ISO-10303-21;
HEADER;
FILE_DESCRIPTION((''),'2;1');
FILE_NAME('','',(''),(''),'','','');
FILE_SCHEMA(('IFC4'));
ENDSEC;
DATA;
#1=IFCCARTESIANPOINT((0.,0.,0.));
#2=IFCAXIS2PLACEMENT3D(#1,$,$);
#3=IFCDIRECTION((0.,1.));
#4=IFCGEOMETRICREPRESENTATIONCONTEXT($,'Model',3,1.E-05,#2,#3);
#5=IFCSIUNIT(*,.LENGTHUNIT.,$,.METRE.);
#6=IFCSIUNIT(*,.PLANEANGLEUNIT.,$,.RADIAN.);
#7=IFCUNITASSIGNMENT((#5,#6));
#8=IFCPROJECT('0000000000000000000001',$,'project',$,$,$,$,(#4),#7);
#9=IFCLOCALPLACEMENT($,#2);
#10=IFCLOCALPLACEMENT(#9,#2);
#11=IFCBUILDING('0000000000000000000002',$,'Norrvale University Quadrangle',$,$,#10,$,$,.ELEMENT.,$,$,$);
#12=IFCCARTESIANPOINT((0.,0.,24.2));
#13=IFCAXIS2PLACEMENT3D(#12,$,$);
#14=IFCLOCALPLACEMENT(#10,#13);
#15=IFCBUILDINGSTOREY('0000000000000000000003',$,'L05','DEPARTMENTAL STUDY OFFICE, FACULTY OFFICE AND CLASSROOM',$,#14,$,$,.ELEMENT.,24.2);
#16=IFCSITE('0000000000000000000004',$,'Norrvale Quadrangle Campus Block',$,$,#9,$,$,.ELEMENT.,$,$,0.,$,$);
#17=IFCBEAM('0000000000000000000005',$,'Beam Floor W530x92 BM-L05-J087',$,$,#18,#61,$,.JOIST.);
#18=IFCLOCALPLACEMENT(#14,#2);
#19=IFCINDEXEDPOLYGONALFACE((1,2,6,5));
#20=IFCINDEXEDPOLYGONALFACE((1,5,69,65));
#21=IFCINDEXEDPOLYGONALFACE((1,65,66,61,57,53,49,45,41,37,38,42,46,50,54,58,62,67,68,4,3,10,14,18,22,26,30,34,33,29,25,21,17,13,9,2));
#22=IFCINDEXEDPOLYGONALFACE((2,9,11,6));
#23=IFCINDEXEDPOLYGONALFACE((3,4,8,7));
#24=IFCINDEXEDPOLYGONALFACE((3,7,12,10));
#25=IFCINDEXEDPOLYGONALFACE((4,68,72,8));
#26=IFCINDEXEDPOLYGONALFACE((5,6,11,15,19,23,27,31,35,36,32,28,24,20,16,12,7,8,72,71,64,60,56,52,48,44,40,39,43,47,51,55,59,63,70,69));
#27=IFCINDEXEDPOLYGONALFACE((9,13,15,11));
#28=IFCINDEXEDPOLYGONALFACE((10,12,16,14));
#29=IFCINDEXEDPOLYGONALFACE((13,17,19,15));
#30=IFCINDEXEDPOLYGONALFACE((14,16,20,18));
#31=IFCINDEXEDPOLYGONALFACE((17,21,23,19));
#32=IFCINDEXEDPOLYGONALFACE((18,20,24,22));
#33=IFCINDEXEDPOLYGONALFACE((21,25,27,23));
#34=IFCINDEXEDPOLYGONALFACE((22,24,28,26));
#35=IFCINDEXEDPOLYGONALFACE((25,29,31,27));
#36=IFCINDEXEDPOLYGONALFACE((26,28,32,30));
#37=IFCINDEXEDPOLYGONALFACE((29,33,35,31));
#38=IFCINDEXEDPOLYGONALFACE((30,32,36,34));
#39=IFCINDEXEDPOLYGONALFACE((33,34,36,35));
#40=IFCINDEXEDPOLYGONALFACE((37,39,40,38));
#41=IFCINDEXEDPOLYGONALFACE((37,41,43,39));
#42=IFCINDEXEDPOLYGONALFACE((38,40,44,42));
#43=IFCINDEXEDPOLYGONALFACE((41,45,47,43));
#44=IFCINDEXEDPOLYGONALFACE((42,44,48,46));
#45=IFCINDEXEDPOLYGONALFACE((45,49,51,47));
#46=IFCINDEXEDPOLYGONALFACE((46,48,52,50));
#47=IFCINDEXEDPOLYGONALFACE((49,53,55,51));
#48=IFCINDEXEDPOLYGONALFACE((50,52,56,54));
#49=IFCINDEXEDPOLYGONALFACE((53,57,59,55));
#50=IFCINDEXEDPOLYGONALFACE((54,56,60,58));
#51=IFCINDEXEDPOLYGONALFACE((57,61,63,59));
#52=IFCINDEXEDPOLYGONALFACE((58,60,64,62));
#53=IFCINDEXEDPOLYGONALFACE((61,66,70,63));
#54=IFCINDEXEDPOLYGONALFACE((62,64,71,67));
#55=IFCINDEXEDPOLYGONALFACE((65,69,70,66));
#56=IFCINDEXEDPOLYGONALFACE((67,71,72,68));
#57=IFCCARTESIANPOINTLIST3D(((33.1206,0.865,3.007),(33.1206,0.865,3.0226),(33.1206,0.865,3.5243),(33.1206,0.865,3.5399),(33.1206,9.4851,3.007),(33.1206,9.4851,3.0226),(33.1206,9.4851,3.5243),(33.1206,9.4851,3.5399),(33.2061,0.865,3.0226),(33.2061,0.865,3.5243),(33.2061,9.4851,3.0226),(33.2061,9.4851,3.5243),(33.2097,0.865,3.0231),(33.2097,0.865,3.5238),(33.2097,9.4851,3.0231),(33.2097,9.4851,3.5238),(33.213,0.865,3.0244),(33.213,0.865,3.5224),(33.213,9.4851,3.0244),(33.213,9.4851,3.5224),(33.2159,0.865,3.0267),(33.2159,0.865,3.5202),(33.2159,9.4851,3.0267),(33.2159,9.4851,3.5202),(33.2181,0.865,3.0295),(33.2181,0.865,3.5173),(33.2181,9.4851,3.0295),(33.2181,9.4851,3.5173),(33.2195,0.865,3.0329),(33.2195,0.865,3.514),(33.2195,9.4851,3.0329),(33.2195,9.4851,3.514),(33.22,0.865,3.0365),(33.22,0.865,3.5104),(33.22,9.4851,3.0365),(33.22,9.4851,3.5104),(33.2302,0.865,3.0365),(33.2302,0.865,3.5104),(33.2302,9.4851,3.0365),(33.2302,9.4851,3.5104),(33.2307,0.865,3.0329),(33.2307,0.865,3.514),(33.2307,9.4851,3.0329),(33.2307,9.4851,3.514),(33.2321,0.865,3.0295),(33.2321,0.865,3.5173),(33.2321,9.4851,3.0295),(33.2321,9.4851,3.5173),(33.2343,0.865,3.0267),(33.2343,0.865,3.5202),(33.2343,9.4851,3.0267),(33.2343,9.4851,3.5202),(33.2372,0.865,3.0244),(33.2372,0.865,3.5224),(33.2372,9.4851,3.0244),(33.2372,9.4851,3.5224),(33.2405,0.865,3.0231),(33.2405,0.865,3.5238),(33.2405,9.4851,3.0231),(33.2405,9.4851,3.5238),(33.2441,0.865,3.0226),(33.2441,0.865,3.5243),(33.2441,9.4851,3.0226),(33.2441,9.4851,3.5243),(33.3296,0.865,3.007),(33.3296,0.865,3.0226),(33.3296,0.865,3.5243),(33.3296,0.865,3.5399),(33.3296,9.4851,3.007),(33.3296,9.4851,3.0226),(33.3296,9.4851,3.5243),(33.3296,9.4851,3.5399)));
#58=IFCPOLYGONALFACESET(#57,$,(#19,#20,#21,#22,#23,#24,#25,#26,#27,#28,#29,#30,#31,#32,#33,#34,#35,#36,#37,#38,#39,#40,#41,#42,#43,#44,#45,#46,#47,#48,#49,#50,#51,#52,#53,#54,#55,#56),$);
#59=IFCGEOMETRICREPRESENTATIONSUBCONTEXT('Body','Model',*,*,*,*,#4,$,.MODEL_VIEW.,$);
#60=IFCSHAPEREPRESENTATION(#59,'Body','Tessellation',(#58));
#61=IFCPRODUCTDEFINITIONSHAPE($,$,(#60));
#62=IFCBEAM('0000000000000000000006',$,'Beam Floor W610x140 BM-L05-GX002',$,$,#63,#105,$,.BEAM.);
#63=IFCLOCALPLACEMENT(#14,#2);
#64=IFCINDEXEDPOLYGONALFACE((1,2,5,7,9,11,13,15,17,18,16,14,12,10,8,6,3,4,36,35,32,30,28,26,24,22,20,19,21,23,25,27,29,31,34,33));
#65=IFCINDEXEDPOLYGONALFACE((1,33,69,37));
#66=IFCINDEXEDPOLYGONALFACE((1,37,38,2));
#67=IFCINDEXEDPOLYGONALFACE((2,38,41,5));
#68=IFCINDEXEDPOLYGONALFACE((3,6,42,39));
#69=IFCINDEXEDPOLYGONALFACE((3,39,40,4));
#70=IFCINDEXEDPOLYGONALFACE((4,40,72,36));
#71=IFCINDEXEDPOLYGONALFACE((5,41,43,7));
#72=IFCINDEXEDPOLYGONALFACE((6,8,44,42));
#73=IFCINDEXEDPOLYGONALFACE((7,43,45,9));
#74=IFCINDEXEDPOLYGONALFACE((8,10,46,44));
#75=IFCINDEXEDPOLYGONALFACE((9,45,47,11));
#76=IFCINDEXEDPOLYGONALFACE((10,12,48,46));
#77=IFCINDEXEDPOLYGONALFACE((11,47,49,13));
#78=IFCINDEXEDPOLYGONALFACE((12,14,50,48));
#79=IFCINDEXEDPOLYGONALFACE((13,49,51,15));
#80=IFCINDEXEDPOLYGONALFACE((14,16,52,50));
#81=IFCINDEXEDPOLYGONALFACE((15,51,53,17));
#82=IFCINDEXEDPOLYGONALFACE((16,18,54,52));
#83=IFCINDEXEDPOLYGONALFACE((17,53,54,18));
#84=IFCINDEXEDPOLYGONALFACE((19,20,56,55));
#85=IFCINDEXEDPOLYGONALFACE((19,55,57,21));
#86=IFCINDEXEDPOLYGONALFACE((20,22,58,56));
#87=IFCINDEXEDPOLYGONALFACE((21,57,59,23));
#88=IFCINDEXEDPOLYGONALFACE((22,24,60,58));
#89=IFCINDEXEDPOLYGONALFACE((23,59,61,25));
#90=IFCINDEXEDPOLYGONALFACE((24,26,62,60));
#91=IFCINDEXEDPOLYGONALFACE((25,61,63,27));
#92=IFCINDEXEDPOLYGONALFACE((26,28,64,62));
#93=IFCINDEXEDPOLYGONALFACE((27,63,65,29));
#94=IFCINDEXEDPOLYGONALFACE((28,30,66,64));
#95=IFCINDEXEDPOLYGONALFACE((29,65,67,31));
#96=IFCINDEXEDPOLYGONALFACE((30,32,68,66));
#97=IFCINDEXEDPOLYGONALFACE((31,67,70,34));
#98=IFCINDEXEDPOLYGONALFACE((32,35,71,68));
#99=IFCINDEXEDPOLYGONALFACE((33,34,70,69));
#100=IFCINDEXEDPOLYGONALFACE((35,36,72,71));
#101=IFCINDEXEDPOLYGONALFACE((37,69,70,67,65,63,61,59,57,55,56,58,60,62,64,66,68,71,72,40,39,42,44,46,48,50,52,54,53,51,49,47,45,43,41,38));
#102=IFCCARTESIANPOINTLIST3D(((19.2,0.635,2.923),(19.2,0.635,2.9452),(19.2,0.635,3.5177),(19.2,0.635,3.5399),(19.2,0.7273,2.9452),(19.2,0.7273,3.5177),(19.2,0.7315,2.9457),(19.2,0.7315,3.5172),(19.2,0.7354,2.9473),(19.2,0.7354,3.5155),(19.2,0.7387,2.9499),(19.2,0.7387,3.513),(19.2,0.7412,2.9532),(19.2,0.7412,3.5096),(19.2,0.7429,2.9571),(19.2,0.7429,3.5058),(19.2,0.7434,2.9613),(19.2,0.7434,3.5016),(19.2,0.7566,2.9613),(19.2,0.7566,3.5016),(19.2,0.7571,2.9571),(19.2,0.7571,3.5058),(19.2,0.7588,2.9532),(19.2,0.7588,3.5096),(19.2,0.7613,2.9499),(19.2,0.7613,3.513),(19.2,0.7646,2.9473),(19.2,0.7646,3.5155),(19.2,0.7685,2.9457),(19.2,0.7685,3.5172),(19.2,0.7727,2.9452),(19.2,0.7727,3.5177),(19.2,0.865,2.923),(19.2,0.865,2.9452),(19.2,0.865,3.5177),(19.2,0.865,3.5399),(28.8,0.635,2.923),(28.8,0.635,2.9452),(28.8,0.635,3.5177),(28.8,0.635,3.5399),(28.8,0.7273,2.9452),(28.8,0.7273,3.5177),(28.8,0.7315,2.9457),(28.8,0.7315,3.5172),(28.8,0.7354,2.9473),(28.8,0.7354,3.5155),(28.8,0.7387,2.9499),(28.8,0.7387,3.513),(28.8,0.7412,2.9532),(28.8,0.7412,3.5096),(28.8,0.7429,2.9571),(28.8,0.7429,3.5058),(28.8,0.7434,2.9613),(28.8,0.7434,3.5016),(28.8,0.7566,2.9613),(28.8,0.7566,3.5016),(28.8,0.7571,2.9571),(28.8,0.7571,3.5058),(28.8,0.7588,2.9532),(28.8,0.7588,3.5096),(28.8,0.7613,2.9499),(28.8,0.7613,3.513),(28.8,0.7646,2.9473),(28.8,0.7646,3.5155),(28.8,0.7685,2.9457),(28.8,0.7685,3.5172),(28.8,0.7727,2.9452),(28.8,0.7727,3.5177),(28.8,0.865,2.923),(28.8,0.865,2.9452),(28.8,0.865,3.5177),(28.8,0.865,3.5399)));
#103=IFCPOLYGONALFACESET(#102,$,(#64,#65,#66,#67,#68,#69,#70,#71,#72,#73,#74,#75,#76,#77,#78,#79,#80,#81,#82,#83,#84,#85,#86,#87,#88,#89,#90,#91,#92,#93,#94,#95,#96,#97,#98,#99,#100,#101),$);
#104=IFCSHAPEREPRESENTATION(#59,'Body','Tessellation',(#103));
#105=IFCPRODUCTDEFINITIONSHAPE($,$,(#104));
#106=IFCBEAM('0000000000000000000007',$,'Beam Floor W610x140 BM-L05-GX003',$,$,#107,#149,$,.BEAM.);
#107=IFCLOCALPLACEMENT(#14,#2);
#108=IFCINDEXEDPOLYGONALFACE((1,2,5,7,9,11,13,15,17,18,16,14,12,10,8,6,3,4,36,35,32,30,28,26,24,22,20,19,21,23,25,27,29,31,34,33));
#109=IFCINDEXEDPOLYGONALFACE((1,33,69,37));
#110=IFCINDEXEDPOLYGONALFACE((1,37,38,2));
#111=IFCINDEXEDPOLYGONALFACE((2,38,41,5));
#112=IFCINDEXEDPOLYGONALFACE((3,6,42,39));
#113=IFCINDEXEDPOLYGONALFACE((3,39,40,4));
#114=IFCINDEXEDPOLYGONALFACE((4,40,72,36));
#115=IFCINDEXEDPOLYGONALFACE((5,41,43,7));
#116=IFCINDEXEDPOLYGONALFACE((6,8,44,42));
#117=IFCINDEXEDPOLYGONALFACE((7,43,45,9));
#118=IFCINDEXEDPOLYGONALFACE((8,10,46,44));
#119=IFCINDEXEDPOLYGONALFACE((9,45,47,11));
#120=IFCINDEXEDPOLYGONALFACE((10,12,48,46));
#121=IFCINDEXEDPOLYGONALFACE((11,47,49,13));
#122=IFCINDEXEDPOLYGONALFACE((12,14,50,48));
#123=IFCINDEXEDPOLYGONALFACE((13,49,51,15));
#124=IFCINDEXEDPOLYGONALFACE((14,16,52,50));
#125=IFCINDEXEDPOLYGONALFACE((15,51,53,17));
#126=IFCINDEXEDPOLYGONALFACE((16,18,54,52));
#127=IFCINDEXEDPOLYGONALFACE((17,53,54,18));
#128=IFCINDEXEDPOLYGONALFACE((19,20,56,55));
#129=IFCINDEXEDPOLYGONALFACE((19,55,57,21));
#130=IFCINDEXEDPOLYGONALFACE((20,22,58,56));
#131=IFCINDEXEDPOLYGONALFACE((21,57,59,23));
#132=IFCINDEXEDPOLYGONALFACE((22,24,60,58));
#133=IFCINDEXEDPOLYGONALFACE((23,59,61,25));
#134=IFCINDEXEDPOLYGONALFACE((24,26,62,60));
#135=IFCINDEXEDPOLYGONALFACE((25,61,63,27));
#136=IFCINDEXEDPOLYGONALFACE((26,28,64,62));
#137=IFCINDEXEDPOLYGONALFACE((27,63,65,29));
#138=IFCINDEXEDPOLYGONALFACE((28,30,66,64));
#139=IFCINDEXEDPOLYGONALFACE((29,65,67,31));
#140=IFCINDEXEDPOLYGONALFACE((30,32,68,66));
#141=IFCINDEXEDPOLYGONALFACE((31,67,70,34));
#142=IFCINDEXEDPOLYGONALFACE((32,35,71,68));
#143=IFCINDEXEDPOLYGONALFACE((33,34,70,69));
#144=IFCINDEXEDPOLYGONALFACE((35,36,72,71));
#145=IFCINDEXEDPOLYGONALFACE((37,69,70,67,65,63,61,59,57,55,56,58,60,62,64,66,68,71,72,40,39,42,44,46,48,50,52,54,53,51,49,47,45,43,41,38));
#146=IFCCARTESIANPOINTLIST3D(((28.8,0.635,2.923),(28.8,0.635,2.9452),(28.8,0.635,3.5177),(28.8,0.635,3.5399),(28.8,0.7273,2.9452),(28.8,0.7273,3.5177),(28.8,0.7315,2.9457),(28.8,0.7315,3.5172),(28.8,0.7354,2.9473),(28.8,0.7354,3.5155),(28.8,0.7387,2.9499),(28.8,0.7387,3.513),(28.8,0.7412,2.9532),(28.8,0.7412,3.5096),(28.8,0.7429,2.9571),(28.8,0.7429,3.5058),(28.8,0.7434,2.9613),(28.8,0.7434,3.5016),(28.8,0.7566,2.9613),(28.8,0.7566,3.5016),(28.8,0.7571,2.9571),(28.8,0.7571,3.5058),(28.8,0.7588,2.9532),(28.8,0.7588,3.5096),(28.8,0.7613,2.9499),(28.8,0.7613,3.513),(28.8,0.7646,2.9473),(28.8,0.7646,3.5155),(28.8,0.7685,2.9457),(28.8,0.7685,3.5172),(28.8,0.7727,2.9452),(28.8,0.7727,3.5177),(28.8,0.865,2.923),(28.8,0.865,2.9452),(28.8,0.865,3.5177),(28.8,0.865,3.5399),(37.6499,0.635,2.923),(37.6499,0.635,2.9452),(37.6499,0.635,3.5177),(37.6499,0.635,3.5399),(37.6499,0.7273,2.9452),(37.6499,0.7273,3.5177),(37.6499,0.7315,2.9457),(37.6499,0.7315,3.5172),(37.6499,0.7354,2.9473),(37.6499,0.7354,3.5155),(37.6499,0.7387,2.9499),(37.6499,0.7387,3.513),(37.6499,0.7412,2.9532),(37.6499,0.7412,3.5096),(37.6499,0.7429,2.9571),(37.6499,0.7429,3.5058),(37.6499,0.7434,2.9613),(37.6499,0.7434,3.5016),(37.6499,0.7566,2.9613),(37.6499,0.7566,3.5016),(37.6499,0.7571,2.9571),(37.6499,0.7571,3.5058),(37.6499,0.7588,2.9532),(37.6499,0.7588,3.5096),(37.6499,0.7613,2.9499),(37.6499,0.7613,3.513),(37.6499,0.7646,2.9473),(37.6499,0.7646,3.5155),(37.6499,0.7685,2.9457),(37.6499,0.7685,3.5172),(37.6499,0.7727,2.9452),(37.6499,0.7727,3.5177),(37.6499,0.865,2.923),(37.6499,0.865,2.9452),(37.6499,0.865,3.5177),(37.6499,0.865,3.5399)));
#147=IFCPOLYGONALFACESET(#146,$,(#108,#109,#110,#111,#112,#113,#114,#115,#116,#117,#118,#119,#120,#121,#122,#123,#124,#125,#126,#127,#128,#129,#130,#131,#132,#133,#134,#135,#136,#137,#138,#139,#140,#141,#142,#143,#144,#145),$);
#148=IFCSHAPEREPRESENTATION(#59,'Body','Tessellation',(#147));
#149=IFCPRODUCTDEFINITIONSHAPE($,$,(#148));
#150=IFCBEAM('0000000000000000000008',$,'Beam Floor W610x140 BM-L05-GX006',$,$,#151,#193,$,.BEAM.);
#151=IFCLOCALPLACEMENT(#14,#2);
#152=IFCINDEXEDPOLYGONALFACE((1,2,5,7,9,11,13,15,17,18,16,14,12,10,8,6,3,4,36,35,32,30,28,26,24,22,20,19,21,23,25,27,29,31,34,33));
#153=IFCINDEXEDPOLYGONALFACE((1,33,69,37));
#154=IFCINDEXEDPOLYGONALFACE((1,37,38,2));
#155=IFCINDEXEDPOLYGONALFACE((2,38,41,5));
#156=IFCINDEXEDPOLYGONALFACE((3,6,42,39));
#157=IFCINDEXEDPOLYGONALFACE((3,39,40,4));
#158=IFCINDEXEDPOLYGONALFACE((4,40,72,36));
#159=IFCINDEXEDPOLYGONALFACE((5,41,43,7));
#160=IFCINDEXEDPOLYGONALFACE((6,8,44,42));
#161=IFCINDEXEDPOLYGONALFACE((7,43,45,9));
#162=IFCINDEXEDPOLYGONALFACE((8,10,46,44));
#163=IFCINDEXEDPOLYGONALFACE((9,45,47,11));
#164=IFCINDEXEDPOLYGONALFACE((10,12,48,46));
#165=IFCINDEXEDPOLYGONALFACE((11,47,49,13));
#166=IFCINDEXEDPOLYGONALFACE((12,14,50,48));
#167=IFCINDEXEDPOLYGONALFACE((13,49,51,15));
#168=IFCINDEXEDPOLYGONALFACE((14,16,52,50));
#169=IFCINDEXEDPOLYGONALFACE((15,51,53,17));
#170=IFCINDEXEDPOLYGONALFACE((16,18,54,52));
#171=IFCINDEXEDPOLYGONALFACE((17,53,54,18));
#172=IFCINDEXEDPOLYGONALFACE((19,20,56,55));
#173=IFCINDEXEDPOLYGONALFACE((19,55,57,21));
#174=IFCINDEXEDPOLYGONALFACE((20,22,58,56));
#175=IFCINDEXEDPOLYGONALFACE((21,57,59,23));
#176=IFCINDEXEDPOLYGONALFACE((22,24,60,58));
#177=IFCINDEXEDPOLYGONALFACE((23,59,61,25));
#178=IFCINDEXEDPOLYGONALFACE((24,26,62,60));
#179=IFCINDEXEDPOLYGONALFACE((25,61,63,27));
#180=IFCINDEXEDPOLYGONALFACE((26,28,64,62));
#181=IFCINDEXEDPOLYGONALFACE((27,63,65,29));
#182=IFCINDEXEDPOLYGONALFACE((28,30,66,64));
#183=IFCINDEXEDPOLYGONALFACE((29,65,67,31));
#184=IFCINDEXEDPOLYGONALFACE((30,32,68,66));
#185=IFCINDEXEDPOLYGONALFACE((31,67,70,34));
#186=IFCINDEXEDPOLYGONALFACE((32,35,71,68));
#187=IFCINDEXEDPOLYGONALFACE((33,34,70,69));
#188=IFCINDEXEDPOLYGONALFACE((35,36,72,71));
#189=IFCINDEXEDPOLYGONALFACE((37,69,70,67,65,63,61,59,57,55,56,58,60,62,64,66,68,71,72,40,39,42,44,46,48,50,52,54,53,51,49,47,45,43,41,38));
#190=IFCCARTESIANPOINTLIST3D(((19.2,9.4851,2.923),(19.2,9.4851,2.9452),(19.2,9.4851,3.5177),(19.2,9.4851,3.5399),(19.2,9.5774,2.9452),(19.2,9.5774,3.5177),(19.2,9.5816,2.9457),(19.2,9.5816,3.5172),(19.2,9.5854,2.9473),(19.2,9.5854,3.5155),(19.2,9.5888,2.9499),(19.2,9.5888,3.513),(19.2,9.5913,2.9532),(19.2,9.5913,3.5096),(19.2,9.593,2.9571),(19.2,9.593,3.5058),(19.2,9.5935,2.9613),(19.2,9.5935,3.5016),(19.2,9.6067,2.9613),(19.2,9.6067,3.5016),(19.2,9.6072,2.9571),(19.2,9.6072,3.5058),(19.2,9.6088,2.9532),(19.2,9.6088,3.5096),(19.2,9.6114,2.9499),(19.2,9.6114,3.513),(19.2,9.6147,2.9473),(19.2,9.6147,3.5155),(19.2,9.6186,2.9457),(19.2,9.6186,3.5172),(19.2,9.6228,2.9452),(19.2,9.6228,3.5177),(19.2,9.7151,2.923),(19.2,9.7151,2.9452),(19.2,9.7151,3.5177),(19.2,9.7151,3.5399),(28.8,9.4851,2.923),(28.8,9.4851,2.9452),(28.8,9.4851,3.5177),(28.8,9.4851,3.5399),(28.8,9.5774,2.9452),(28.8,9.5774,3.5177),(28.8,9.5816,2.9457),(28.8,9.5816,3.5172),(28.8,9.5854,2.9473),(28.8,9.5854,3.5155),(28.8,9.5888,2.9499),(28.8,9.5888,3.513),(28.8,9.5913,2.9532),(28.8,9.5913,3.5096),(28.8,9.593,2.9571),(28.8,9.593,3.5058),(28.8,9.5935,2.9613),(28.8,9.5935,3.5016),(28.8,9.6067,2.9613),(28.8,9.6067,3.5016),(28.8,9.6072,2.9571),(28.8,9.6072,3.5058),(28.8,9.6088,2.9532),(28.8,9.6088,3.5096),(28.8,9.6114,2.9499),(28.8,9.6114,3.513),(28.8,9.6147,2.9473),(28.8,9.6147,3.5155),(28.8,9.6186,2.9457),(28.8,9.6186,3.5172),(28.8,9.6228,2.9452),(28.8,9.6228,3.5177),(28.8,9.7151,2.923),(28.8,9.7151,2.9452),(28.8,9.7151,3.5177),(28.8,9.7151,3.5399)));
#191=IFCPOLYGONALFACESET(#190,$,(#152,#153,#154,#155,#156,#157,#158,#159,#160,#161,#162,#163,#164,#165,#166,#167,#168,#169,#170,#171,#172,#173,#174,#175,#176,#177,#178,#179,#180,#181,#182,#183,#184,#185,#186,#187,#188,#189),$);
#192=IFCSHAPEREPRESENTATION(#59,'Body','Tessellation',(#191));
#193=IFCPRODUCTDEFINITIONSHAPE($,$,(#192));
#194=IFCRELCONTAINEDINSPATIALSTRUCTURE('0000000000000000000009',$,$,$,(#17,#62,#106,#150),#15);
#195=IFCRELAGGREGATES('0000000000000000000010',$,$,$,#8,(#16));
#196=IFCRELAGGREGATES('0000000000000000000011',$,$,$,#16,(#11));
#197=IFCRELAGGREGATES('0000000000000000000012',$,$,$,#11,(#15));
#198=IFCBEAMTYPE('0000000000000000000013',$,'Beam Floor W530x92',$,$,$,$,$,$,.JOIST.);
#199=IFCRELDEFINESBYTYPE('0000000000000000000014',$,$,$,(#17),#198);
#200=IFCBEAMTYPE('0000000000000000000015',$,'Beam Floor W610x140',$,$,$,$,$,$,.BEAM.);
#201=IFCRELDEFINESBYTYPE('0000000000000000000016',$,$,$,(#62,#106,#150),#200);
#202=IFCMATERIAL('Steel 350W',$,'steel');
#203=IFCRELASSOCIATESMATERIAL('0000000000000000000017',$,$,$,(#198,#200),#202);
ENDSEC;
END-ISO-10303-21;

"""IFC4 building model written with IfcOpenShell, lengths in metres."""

from ifc_helpers import new_model, si_unit, direction, frame, origin, origin_2d, place, context, subcontext, project, spatial, i_section, extrude, material, material_profile, profile_set, type_object, element, save


model = new_model("IFC4")

# Units and contexts
model_context = context("Model", 3, precision=1e-05, world=origin(), true_north=direction((0.0, 1.0)))
body_context = subcontext(model_context, "Body", "Model", "MODEL_VIEW")
ifc_project = project(units=[si_unit("LENGTHUNIT", "METRE"), si_unit("PLANEANGLEUNIT", "RADIAN")], contexts=[model_context])

# Site, building, storey
site_placement = place(None, origin())
site = spatial("IfcSite", under=ifc_project, at=site_placement, Name="Norrvale Quadrangle Campus Block", CompositionType="ELEMENT", RefElevation=0.0)
building_placement = place(site_placement, origin())
building = spatial("IfcBuilding", under=site, at=building_placement, Name="Norrvale University Quadrangle", CompositionType="ELEMENT")
storey_placement = place(building_placement, frame((0.0, 0.0, 24.2)))
storey = spatial("IfcBuildingStorey", under=building, at=storey_placement, Name="L05", Description="DEPARTMENTAL STUDY OFFICE, FACULTY OFFICE AND CLASSROOM", CompositionType="ELEMENT", Elevation=24.2)

# Beams
ifc_material_1 = material(Name="Steel 350W", Category="steel")
ifc_material_profile_1 = material_profile(ifc_material_1, i_section(OverallWidth=0.209, OverallDepth=0.533, WebThickness=0.0103, FlangeThickness=0.0156, FilletRadius=0.0139, at=origin_2d()), Name="Steel 350W")
ifc_profile_set_1 = profile_set([ifc_material_profile_1], Name="Steel 350W")
beam_type_1 = type_object("IfcBeamType", Name="Beam Floor W530x92", PredefinedType="JOIST", material=ifc_profile_set_1)
beam_1_placement = place(storey_placement, frame((33.2251, 0.865, 3.2734), z_axis=(0.0, 1.0, 0.0), x_axis=(-1.0, 0.0, 0.0)))
element("IfcBeam", 1, at=beam_1_placement, inside=storey, type_object=beam_type_1, Name="Beam Floor W530x92 BM-L05-J087", PredefinedType="JOIST", context=body_context, shape_type="SweptSolid", body=[
    extrude(i_section(OverallWidth=0.209, OverallDepth=0.533, WebThickness=0.0103, FlangeThickness=0.0156, FilletRadius=0.0139, at=origin_2d()), origin(), (0.0, 0.0, 1.0), 8.6201),
])
ifc_material_profile_2 = material_profile(ifc_material_1, i_section(OverallWidth=0.23, OverallDepth=0.6169, WebThickness=0.0132, FlangeThickness=0.0222, FilletRadius=0.0161, at=origin_2d()), Name="Steel 350W")
ifc_profile_set_2 = profile_set([ifc_material_profile_2], Name="Steel 350W")
beam_type_2 = type_object("IfcBeamType", Name="Beam Floor W610x140", PredefinedType="BEAM", material=ifc_profile_set_2)
beam_2_placement = place(storey_placement, frame((19.2, 0.75, 3.2314), z_axis=(1.0, 0.0, 0.0), x_axis=(0.0, 1.0, 0.0)))
element("IfcBeam", 2, at=beam_2_placement, inside=storey, type_object=beam_type_2, Name="Beam Floor W610x140 BM-L05-GX002", PredefinedType="BEAM", context=body_context, shape_type="SweptSolid", body=[
    extrude(i_section(OverallWidth=0.23, OverallDepth=0.6169, WebThickness=0.0132, FlangeThickness=0.0222, FilletRadius=0.0161, at=origin_2d()), origin(), (0.0, 0.0, 1.0), 9.6001),
])
beam_3_placement = place(storey_placement, frame((28.8, 0.75, 3.2314), z_axis=(1.0, 0.0, 0.0), x_axis=(0.0, 1.0, 0.0)))
element("IfcBeam", 3, at=beam_3_placement, inside=storey, type_object=beam_type_2, Name="Beam Floor W610x140 BM-L05-GX003", PredefinedType="BEAM", context=body_context, shape_type="SweptSolid", body=[
    extrude(i_section(OverallWidth=0.23, OverallDepth=0.6169, WebThickness=0.0132, FlangeThickness=0.0222, FilletRadius=0.0161, at=origin_2d()), origin(), (0.0, 0.0, 1.0), 8.8499),
])
beam_4_placement = place(storey_placement, frame((19.2, 9.6001, 3.2314), z_axis=(1.0, 0.0, 0.0), x_axis=(0.0, 1.0, 0.0)))
element("IfcBeam", 4, at=beam_4_placement, inside=storey, type_object=beam_type_2, Name="Beam Floor W610x140 BM-L05-GX006", PredefinedType="BEAM", context=body_context, shape_type="SweptSolid", body=[
    extrude(i_section(OverallWidth=0.23, OverallDepth=0.6169, WebThickness=0.0132, FlangeThickness=0.0222, FilletRadius=0.0161, at=origin_2d()), origin(), (0.0, 0.0, 1.0), 9.6001),
])

save(model, "model.ifc")
